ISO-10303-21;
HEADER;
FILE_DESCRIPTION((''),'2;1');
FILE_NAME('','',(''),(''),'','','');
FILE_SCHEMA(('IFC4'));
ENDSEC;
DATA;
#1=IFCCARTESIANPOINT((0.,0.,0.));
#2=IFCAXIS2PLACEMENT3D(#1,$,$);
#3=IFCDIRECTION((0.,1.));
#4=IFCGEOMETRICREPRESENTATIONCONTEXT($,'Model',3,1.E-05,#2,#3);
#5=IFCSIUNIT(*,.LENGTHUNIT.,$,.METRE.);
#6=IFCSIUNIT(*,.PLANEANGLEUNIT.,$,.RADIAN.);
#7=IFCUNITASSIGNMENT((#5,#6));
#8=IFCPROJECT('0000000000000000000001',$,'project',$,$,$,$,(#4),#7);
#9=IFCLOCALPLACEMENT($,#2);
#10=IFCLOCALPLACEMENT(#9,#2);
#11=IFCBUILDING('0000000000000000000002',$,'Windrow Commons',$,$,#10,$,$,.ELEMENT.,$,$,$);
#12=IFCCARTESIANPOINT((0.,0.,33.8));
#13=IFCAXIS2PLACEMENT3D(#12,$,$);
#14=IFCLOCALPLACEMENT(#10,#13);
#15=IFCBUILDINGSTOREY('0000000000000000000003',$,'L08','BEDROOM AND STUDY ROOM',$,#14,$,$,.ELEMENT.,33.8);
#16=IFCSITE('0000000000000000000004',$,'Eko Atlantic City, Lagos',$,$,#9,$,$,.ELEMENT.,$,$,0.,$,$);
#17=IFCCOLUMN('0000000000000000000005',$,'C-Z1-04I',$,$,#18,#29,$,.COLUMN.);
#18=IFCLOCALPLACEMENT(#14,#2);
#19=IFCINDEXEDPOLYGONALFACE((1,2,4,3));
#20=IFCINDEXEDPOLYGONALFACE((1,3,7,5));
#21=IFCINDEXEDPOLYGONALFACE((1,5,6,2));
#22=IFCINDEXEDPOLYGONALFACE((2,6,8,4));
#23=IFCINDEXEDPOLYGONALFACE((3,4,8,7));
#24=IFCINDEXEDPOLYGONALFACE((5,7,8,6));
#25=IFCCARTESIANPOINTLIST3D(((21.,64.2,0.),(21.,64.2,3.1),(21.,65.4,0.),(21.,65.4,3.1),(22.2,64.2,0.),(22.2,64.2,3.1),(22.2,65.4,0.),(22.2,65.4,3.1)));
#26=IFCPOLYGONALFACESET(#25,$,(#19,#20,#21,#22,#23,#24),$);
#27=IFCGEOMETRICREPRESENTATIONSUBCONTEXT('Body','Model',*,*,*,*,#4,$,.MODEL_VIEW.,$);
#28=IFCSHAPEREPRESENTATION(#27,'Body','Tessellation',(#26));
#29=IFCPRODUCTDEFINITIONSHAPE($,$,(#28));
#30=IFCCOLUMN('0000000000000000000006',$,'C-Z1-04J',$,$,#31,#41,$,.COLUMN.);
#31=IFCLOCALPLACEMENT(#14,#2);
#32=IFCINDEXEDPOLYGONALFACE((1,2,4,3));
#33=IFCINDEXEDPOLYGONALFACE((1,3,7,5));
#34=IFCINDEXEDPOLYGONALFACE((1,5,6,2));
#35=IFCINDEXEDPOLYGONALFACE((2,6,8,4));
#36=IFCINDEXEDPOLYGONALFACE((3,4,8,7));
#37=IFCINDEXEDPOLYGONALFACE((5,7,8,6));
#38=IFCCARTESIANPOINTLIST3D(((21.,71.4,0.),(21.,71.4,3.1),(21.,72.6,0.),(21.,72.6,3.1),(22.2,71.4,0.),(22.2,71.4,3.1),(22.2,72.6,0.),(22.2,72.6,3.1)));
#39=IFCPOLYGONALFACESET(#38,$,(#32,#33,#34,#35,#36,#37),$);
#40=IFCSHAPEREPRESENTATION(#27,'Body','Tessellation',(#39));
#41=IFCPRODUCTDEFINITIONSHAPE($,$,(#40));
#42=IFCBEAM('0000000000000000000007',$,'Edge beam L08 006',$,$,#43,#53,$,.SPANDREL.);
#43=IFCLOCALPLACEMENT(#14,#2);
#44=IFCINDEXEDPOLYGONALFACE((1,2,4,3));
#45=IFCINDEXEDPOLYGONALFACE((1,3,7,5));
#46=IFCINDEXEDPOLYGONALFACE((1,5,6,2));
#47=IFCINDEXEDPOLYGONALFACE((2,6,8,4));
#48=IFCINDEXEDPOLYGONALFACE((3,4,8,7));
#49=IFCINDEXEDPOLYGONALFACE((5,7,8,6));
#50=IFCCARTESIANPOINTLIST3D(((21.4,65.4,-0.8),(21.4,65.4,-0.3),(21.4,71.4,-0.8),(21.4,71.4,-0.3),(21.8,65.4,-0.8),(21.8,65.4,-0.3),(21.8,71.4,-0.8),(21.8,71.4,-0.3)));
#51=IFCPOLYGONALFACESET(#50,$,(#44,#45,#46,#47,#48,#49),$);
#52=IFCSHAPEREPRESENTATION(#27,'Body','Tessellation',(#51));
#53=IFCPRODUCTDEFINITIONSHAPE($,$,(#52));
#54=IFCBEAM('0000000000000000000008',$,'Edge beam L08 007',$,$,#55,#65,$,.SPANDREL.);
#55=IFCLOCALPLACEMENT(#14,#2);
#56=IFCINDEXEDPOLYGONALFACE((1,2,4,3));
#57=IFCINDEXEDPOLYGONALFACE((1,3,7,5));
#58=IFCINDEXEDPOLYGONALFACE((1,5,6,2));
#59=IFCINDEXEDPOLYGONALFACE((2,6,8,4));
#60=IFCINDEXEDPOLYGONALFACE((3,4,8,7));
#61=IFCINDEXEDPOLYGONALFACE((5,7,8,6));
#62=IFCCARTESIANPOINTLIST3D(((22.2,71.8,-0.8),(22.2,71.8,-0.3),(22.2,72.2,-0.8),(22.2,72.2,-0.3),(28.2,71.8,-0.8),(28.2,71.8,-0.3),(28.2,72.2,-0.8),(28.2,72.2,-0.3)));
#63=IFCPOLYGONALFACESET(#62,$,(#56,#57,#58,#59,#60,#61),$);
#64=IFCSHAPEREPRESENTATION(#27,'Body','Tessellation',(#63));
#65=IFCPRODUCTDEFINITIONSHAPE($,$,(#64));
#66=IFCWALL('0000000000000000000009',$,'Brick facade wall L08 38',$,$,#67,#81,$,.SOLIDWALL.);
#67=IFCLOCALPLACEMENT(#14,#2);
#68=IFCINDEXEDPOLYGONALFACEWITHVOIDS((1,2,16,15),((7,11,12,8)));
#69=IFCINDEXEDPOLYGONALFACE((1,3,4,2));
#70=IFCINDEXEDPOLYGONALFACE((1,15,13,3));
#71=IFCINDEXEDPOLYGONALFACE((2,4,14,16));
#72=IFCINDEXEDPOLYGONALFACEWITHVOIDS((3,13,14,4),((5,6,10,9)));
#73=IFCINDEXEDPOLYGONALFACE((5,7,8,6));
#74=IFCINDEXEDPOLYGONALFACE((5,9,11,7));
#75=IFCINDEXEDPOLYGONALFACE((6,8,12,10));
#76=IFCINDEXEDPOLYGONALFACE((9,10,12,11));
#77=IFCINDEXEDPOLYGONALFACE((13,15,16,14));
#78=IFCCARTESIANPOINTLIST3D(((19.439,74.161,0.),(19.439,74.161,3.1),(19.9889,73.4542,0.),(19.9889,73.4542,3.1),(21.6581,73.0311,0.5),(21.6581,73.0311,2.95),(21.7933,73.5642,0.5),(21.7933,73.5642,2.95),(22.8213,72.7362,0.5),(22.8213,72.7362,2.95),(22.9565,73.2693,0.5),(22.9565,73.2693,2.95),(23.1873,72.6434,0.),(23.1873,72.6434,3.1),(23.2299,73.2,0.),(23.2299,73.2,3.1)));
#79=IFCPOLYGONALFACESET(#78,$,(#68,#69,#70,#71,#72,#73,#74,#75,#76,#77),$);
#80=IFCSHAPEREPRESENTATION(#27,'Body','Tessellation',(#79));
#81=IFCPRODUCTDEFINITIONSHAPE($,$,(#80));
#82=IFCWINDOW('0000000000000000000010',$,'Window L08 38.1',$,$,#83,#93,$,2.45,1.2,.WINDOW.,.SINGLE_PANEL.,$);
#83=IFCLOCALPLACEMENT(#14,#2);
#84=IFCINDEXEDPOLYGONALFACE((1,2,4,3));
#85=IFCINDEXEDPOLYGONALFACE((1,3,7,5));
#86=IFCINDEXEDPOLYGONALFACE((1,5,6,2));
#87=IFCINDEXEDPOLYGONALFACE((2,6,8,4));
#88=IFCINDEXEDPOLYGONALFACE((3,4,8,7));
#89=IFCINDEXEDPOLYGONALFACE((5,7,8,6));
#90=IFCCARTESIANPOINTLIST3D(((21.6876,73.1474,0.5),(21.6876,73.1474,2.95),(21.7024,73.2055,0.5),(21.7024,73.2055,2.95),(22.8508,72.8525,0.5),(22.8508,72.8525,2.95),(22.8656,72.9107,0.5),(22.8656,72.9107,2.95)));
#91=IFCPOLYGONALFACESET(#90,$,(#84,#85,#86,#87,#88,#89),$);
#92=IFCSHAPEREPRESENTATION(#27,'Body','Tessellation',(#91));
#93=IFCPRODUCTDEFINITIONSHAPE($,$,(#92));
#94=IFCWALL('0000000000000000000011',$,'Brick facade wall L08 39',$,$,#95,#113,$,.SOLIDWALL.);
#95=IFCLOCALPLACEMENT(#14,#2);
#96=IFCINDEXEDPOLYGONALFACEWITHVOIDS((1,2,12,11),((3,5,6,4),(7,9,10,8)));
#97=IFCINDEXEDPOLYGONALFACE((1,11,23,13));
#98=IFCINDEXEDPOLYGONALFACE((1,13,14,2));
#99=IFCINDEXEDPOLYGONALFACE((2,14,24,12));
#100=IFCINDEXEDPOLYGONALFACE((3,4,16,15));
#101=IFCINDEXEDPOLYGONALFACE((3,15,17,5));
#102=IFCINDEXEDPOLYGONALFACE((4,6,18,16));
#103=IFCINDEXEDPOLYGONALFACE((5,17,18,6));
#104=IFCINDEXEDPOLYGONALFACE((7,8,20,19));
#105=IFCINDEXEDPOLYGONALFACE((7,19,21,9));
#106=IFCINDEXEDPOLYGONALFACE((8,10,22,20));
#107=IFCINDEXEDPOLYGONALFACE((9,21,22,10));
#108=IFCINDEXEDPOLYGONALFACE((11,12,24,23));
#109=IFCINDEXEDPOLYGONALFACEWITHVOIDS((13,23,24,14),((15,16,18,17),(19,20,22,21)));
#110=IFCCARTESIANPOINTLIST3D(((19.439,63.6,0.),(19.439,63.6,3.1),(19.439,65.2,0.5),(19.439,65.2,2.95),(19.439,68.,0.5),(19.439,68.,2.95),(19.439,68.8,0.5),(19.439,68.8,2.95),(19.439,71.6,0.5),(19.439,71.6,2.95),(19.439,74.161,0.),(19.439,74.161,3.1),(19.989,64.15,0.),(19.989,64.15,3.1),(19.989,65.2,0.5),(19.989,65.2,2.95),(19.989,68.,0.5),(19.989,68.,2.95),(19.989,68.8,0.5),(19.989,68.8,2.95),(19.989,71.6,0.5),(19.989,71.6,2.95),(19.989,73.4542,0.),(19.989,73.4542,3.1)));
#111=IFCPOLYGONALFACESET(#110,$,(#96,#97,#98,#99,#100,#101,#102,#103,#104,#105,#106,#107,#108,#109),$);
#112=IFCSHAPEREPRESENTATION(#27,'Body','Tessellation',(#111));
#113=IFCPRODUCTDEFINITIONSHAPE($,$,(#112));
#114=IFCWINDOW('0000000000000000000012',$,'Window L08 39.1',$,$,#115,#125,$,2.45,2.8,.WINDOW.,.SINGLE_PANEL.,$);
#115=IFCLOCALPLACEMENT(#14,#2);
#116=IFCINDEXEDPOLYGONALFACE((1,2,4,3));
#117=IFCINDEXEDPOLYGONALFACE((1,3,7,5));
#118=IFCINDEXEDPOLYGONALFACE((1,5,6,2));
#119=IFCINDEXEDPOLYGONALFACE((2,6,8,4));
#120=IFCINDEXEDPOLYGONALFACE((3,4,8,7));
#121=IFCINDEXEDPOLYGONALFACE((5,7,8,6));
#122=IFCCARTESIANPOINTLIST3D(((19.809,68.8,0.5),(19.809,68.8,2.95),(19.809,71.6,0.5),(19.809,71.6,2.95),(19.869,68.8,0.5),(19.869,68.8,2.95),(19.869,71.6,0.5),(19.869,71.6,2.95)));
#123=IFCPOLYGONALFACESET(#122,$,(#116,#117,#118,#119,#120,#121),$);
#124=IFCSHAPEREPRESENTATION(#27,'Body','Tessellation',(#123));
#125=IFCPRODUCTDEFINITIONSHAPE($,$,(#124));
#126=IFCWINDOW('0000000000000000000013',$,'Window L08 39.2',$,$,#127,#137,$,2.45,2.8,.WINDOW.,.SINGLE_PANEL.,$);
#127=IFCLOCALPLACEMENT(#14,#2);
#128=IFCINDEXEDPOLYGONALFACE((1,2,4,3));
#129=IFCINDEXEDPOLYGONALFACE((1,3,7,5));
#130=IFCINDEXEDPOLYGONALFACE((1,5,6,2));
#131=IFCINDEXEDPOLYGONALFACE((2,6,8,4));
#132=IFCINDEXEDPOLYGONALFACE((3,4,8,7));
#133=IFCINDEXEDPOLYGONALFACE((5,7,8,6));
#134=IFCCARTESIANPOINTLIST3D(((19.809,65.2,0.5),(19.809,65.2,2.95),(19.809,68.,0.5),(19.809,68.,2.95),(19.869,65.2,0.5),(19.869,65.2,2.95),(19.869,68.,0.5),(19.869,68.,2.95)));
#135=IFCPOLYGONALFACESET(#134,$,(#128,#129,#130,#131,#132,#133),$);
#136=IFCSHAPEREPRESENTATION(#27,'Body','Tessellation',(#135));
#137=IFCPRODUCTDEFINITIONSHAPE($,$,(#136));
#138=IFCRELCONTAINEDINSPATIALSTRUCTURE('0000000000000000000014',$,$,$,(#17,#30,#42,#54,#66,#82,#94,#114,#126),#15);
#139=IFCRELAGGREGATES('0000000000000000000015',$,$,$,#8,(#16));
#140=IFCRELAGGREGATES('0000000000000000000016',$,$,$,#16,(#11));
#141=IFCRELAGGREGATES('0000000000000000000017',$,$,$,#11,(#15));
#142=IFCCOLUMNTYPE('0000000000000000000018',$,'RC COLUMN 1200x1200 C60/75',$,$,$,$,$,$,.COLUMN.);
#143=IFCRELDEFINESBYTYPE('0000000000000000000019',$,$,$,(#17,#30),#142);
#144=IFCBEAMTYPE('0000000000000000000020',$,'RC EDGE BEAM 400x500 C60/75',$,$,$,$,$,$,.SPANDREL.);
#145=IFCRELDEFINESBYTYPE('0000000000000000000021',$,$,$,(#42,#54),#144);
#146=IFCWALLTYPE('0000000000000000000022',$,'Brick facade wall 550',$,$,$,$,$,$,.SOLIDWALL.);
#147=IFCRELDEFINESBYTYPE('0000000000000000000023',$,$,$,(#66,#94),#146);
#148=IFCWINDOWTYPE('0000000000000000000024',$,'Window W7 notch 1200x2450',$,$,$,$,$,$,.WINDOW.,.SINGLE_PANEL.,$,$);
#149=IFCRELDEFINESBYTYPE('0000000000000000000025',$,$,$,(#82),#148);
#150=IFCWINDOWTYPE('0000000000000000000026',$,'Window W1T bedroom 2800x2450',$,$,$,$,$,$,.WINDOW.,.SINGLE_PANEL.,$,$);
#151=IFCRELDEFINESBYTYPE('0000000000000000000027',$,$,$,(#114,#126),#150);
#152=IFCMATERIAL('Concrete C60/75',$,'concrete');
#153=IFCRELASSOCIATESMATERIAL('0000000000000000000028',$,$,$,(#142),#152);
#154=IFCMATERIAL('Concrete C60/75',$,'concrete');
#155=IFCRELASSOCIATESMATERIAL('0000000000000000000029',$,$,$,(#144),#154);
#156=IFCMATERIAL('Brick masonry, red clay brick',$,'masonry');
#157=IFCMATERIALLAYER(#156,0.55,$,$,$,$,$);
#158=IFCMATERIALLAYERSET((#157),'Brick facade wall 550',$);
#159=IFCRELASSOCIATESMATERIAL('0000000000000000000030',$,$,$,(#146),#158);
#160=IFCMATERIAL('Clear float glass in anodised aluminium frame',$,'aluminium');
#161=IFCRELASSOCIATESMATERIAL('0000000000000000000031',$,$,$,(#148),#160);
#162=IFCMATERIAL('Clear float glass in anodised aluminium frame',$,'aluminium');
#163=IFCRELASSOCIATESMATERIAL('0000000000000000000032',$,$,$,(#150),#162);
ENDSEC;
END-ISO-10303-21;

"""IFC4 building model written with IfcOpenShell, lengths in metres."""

from ifc_helpers import new_model, si_unit, direction, frame, frame_2d, origin, origin_2d, place, context, subcontext, project, spatial, polyline, rectangle, outline, extrude, material, layer, layer_set, material_profile, profile_set, type_object, element, fill, save


model = new_model("IFC4")

# Units and contexts
model_context = context("Model", 3, precision=1e-05, world=origin(), true_north=direction((0.0, 1.0)))
body_context = subcontext(model_context, "Body", "Model", "MODEL_VIEW")
ifc_project = project(units=[si_unit("LENGTHUNIT", "METRE"), si_unit("PLANEANGLEUNIT", "RADIAN")], contexts=[model_context])

# Site, building, storey
site_placement = place(None, origin())
site = spatial("IfcSite", under=ifc_project, at=site_placement, Name="Eko Atlantic City, Lagos", CompositionType="ELEMENT", RefElevation=0.0)
building_placement = place(site_placement, origin())
building = spatial("IfcBuilding", under=site, at=building_placement, Name="Windrow Commons", CompositionType="ELEMENT")
storey_placement = place(building_placement, frame((0.0, 0.0, 33.8)))
storey = spatial("IfcBuildingStorey", under=building, at=storey_placement, Name="L08", Description="BEDROOM AND STUDY ROOM", CompositionType="ELEMENT", Elevation=33.8)

# Columns
ifc_material_1 = material(Name="Concrete C60/75", Category="concrete")
ifc_material_profile_1 = material_profile(ifc_material_1, rectangle(XDim=1.2, YDim=1.2, at=origin_2d()))
ifc_profile_set_1 = profile_set([ifc_material_profile_1], Name="Concrete C60/75")
column_type = type_object("IfcColumnType", Name="RC COLUMN 1200x1200 C60/75", PredefinedType="COLUMN", material=ifc_profile_set_1)
for number, where, z_axis, x_axis, name in (
    (1, (21.6, 64.8, 0.0), (0.0, 0.0, 1.0), (1.0, 0.0, 0.0), "C-Z1-04I"),
    (2, (21.6, 72.0, 0.0), (0.0, 0.0, 1.0), (1.0, 0.0, 0.0), "C-Z1-04J"),
):
    element("IfcColumn", number, at=place(storey_placement, frame(where, z_axis=z_axis, x_axis=x_axis)), inside=storey, type_object=column_type, Name=name, PredefinedType="COLUMN", context=body_context, shape_type="SweptSolid", body=[
        extrude(rectangle(XDim=1.2, YDim=1.2, at=origin_2d()), origin(), (0.0, 0.0, 1.0), 3.1),
    ])

# Beams
ifc_material_2 = material(Name="Concrete C60/75", Category="concrete")
ifc_material_profile_2 = material_profile(ifc_material_2, rectangle(XDim=0.4, YDim=0.5, at=origin_2d()))
ifc_profile_set_2 = profile_set([ifc_material_profile_2], Name="Concrete C60/75")
beam_type = type_object("IfcBeamType", Name="RC EDGE BEAM 400x500 C60/75", PredefinedType="SPANDREL", material=ifc_profile_set_2)
for number, where, z_axis, x_axis, name in (
    (3, (21.6, 65.4, -0.55), (0.0, 1.0, 0.0), (-1.0, 0.0, 0.0), "Edge beam L08 006"),
    (4, (22.2, 72.0, -0.55), (1.0, 0.0, 0.0), (0.0, 1.0, 0.0), "Edge beam L08 007"),
):
    element("IfcBeam", number, at=place(storey_placement, frame(where, z_axis=z_axis, x_axis=x_axis)), inside=storey, type_object=beam_type, Name=name, PredefinedType="SPANDREL", context=body_context, shape_type="SweptSolid", body=[
        extrude(rectangle(XDim=0.4, YDim=0.5, at=origin_2d()), origin(), (0.0, 0.0, 1.0), 6.0),
    ])

# Wall, opening, window
ifc_material_3 = material(Name="Brick masonry, red clay brick", Category="masonry")
ifc_layer_1 = layer(ifc_material_3, 0.55)
ifc_layer_set_1 = layer_set([ifc_layer_1], Name="Brick facade wall 550")
wall_type_1 = type_object("IfcWallType", Name="Brick facade wall 550", PredefinedType="SOLIDWALL", material=ifc_layer_set_1)
wall_1_placement = place(storey_placement, frame((23.2086, 72.9217, 0.0), z_axis=(0.0, 0.0, 1.0), x_axis=(-0.969338, 0.245732, 0.0)))
wall_1 = element("IfcWall", 5, at=wall_1_placement, inside=storey, type_object=wall_type_1, Name="Brick facade wall L08 38", PredefinedType="SOLIDWALL", context=body_context, shape_type="SweptSolid", body=[
    extrude(outline(polyline([(0.0477, -0.275), (3.9586, -0.275), (3.2518, 0.275), (-0.0477, 0.275), (0.0477, -0.275)])), origin(), (0.0, 0.0, 1.0), 3.1),
])
opening_1_placement = place(wall_1_placement, frame((0.3298, 0.0, 0.5)))
opening_1 = element("IfcOpeningElement", 6, at=opening_1_placement, cuts=wall_1, PredefinedType="OPENING", context=body_context, shape_type="SweptSolid", body=[
    extrude(rectangle(XDim=1.2, YDim=2.45, at=frame_2d((0.6, 1.225))), frame((0.0, 0.285, 0.0), z_axis=(0.0, -1.0, 0.0), x_axis=(1.0, 0.0, 0.0)), (0.0, 0.0, 1.0), 0.57),
])
ifc_material_4 = material(Name="Clear float glass in anodised aluminium frame", Category="aluminium")
window_type_1 = type_object("IfcWindowType", Name="Window W7 notch 1200x2450", PartitioningType="SINGLE_PANEL", PredefinedType="WINDOW", material=ifc_material_4)
window_1_placement = place(opening_1_placement, origin())
window_1 = element("IfcWindow", 7, at=window_1_placement, inside=storey, type_object=window_type_1, Name="Window L08 38.1", OverallHeight=2.45, OverallWidth=1.2, PartitioningType="SINGLE_PANEL", PredefinedType="WINDOW", context=body_context, shape_type="SweptSolid", body=[
    extrude(rectangle(XDim=1.2, YDim=2.45, at=frame_2d((0.6, 1.225))), frame((0.0, 0.155, 0.0), z_axis=(0.0, -1.0, 0.0), x_axis=(1.0, 0.0, 0.0)), (0.0, 0.0, 1.0), 0.06),
])
fill(opening_1, window_1)

# Wall, openings, windows
wall_2_placement = place(storey_placement, frame((19.714, 73.8076, 0.0), z_axis=(0.0, 0.0, 1.0), x_axis=(0.0, -1.0, 0.0)))
wall_2 = element("IfcWall", 8, at=wall_2_placement, inside=storey, type_object=wall_type_1, Name="Brick facade wall L08 39", PredefinedType="SOLIDWALL", context=body_context, shape_type="SweptSolid", body=[
    extrude(outline(polyline([(-0.3534, -0.275), (10.2076, -0.275), (9.6576, 0.275), (0.3534, 0.275), (-0.3534, -0.275)])), origin(), (0.0, 0.0, 1.0), 3.1),
])
opening_2_placement = place(wall_2_placement, frame((2.2076, 0.0, 0.5)))
opening_2 = element("IfcOpeningElement", 9, at=opening_2_placement, cuts=wall_2, PredefinedType="OPENING", context=body_context, shape_type="SweptSolid", body=[
    extrude(rectangle(XDim=2.8, YDim=2.45, at=frame_2d((1.4, 1.225))), frame((0.0, 0.285, 0.0), z_axis=(0.0, -1.0, 0.0), x_axis=(1.0, 0.0, 0.0)), (0.0, 0.0, 1.0), 0.57),
])
opening_3_placement = place(wall_2_placement, frame((5.8076, 0.0, 0.5)))
opening_3 = element("IfcOpeningElement", 10, at=opening_3_placement, cuts=wall_2, PredefinedType="OPENING", context=body_context, shape_type="SweptSolid", body=[
    extrude(rectangle(XDim=2.8, YDim=2.45, at=frame_2d((1.4, 1.225))), frame((0.0, 0.285, 0.0), z_axis=(0.0, -1.0, 0.0), x_axis=(1.0, 0.0, 0.0)), (0.0, 0.0, 1.0), 0.57),
])
ifc_material_5 = material(Name="Clear float glass in anodised aluminium frame", Category="aluminium")
window_type_2 = type_object("IfcWindowType", Name="Window W1T bedroom 2800x2450", PartitioningType="SINGLE_PANEL", PredefinedType="WINDOW", material=ifc_material_5)
window_2_placement = place(opening_2_placement, origin())
window_2 = element("IfcWindow", 11, at=window_2_placement, inside=storey, type_object=window_type_2, Name="Window L08 39.1", OverallHeight=2.45, OverallWidth=2.8, PartitioningType="SINGLE_PANEL", PredefinedType="WINDOW", context=body_context, shape_type="SweptSolid", body=[
    extrude(rectangle(XDim=2.8, YDim=2.45, at=frame_2d((1.4, 1.225))), frame((0.0, 0.155, 0.0), z_axis=(0.0, -1.0, 0.0), x_axis=(1.0, 0.0, 0.0)), (0.0, 0.0, 1.0), 0.06),
])
fill(opening_2, window_2)
window_3_placement = place(opening_3_placement, origin())
window_3 = element("IfcWindow", 12, at=window_3_placement, inside=storey, type_object=window_type_2, Name="Window L08 39.2", OverallHeight=2.45, OverallWidth=2.8, PartitioningType="SINGLE_PANEL", PredefinedType="WINDOW", context=body_context, shape_type="SweptSolid", body=[
    extrude(rectangle(XDim=2.8, YDim=2.45, at=frame_2d((1.4, 1.225))), frame((0.0, 0.155, 0.0), z_axis=(0.0, -1.0, 0.0), x_axis=(1.0, 0.0, 0.0)), (0.0, 0.0, 1.0), 0.06),
])
fill(opening_3, window_3)

save(model, "model.ifc")
